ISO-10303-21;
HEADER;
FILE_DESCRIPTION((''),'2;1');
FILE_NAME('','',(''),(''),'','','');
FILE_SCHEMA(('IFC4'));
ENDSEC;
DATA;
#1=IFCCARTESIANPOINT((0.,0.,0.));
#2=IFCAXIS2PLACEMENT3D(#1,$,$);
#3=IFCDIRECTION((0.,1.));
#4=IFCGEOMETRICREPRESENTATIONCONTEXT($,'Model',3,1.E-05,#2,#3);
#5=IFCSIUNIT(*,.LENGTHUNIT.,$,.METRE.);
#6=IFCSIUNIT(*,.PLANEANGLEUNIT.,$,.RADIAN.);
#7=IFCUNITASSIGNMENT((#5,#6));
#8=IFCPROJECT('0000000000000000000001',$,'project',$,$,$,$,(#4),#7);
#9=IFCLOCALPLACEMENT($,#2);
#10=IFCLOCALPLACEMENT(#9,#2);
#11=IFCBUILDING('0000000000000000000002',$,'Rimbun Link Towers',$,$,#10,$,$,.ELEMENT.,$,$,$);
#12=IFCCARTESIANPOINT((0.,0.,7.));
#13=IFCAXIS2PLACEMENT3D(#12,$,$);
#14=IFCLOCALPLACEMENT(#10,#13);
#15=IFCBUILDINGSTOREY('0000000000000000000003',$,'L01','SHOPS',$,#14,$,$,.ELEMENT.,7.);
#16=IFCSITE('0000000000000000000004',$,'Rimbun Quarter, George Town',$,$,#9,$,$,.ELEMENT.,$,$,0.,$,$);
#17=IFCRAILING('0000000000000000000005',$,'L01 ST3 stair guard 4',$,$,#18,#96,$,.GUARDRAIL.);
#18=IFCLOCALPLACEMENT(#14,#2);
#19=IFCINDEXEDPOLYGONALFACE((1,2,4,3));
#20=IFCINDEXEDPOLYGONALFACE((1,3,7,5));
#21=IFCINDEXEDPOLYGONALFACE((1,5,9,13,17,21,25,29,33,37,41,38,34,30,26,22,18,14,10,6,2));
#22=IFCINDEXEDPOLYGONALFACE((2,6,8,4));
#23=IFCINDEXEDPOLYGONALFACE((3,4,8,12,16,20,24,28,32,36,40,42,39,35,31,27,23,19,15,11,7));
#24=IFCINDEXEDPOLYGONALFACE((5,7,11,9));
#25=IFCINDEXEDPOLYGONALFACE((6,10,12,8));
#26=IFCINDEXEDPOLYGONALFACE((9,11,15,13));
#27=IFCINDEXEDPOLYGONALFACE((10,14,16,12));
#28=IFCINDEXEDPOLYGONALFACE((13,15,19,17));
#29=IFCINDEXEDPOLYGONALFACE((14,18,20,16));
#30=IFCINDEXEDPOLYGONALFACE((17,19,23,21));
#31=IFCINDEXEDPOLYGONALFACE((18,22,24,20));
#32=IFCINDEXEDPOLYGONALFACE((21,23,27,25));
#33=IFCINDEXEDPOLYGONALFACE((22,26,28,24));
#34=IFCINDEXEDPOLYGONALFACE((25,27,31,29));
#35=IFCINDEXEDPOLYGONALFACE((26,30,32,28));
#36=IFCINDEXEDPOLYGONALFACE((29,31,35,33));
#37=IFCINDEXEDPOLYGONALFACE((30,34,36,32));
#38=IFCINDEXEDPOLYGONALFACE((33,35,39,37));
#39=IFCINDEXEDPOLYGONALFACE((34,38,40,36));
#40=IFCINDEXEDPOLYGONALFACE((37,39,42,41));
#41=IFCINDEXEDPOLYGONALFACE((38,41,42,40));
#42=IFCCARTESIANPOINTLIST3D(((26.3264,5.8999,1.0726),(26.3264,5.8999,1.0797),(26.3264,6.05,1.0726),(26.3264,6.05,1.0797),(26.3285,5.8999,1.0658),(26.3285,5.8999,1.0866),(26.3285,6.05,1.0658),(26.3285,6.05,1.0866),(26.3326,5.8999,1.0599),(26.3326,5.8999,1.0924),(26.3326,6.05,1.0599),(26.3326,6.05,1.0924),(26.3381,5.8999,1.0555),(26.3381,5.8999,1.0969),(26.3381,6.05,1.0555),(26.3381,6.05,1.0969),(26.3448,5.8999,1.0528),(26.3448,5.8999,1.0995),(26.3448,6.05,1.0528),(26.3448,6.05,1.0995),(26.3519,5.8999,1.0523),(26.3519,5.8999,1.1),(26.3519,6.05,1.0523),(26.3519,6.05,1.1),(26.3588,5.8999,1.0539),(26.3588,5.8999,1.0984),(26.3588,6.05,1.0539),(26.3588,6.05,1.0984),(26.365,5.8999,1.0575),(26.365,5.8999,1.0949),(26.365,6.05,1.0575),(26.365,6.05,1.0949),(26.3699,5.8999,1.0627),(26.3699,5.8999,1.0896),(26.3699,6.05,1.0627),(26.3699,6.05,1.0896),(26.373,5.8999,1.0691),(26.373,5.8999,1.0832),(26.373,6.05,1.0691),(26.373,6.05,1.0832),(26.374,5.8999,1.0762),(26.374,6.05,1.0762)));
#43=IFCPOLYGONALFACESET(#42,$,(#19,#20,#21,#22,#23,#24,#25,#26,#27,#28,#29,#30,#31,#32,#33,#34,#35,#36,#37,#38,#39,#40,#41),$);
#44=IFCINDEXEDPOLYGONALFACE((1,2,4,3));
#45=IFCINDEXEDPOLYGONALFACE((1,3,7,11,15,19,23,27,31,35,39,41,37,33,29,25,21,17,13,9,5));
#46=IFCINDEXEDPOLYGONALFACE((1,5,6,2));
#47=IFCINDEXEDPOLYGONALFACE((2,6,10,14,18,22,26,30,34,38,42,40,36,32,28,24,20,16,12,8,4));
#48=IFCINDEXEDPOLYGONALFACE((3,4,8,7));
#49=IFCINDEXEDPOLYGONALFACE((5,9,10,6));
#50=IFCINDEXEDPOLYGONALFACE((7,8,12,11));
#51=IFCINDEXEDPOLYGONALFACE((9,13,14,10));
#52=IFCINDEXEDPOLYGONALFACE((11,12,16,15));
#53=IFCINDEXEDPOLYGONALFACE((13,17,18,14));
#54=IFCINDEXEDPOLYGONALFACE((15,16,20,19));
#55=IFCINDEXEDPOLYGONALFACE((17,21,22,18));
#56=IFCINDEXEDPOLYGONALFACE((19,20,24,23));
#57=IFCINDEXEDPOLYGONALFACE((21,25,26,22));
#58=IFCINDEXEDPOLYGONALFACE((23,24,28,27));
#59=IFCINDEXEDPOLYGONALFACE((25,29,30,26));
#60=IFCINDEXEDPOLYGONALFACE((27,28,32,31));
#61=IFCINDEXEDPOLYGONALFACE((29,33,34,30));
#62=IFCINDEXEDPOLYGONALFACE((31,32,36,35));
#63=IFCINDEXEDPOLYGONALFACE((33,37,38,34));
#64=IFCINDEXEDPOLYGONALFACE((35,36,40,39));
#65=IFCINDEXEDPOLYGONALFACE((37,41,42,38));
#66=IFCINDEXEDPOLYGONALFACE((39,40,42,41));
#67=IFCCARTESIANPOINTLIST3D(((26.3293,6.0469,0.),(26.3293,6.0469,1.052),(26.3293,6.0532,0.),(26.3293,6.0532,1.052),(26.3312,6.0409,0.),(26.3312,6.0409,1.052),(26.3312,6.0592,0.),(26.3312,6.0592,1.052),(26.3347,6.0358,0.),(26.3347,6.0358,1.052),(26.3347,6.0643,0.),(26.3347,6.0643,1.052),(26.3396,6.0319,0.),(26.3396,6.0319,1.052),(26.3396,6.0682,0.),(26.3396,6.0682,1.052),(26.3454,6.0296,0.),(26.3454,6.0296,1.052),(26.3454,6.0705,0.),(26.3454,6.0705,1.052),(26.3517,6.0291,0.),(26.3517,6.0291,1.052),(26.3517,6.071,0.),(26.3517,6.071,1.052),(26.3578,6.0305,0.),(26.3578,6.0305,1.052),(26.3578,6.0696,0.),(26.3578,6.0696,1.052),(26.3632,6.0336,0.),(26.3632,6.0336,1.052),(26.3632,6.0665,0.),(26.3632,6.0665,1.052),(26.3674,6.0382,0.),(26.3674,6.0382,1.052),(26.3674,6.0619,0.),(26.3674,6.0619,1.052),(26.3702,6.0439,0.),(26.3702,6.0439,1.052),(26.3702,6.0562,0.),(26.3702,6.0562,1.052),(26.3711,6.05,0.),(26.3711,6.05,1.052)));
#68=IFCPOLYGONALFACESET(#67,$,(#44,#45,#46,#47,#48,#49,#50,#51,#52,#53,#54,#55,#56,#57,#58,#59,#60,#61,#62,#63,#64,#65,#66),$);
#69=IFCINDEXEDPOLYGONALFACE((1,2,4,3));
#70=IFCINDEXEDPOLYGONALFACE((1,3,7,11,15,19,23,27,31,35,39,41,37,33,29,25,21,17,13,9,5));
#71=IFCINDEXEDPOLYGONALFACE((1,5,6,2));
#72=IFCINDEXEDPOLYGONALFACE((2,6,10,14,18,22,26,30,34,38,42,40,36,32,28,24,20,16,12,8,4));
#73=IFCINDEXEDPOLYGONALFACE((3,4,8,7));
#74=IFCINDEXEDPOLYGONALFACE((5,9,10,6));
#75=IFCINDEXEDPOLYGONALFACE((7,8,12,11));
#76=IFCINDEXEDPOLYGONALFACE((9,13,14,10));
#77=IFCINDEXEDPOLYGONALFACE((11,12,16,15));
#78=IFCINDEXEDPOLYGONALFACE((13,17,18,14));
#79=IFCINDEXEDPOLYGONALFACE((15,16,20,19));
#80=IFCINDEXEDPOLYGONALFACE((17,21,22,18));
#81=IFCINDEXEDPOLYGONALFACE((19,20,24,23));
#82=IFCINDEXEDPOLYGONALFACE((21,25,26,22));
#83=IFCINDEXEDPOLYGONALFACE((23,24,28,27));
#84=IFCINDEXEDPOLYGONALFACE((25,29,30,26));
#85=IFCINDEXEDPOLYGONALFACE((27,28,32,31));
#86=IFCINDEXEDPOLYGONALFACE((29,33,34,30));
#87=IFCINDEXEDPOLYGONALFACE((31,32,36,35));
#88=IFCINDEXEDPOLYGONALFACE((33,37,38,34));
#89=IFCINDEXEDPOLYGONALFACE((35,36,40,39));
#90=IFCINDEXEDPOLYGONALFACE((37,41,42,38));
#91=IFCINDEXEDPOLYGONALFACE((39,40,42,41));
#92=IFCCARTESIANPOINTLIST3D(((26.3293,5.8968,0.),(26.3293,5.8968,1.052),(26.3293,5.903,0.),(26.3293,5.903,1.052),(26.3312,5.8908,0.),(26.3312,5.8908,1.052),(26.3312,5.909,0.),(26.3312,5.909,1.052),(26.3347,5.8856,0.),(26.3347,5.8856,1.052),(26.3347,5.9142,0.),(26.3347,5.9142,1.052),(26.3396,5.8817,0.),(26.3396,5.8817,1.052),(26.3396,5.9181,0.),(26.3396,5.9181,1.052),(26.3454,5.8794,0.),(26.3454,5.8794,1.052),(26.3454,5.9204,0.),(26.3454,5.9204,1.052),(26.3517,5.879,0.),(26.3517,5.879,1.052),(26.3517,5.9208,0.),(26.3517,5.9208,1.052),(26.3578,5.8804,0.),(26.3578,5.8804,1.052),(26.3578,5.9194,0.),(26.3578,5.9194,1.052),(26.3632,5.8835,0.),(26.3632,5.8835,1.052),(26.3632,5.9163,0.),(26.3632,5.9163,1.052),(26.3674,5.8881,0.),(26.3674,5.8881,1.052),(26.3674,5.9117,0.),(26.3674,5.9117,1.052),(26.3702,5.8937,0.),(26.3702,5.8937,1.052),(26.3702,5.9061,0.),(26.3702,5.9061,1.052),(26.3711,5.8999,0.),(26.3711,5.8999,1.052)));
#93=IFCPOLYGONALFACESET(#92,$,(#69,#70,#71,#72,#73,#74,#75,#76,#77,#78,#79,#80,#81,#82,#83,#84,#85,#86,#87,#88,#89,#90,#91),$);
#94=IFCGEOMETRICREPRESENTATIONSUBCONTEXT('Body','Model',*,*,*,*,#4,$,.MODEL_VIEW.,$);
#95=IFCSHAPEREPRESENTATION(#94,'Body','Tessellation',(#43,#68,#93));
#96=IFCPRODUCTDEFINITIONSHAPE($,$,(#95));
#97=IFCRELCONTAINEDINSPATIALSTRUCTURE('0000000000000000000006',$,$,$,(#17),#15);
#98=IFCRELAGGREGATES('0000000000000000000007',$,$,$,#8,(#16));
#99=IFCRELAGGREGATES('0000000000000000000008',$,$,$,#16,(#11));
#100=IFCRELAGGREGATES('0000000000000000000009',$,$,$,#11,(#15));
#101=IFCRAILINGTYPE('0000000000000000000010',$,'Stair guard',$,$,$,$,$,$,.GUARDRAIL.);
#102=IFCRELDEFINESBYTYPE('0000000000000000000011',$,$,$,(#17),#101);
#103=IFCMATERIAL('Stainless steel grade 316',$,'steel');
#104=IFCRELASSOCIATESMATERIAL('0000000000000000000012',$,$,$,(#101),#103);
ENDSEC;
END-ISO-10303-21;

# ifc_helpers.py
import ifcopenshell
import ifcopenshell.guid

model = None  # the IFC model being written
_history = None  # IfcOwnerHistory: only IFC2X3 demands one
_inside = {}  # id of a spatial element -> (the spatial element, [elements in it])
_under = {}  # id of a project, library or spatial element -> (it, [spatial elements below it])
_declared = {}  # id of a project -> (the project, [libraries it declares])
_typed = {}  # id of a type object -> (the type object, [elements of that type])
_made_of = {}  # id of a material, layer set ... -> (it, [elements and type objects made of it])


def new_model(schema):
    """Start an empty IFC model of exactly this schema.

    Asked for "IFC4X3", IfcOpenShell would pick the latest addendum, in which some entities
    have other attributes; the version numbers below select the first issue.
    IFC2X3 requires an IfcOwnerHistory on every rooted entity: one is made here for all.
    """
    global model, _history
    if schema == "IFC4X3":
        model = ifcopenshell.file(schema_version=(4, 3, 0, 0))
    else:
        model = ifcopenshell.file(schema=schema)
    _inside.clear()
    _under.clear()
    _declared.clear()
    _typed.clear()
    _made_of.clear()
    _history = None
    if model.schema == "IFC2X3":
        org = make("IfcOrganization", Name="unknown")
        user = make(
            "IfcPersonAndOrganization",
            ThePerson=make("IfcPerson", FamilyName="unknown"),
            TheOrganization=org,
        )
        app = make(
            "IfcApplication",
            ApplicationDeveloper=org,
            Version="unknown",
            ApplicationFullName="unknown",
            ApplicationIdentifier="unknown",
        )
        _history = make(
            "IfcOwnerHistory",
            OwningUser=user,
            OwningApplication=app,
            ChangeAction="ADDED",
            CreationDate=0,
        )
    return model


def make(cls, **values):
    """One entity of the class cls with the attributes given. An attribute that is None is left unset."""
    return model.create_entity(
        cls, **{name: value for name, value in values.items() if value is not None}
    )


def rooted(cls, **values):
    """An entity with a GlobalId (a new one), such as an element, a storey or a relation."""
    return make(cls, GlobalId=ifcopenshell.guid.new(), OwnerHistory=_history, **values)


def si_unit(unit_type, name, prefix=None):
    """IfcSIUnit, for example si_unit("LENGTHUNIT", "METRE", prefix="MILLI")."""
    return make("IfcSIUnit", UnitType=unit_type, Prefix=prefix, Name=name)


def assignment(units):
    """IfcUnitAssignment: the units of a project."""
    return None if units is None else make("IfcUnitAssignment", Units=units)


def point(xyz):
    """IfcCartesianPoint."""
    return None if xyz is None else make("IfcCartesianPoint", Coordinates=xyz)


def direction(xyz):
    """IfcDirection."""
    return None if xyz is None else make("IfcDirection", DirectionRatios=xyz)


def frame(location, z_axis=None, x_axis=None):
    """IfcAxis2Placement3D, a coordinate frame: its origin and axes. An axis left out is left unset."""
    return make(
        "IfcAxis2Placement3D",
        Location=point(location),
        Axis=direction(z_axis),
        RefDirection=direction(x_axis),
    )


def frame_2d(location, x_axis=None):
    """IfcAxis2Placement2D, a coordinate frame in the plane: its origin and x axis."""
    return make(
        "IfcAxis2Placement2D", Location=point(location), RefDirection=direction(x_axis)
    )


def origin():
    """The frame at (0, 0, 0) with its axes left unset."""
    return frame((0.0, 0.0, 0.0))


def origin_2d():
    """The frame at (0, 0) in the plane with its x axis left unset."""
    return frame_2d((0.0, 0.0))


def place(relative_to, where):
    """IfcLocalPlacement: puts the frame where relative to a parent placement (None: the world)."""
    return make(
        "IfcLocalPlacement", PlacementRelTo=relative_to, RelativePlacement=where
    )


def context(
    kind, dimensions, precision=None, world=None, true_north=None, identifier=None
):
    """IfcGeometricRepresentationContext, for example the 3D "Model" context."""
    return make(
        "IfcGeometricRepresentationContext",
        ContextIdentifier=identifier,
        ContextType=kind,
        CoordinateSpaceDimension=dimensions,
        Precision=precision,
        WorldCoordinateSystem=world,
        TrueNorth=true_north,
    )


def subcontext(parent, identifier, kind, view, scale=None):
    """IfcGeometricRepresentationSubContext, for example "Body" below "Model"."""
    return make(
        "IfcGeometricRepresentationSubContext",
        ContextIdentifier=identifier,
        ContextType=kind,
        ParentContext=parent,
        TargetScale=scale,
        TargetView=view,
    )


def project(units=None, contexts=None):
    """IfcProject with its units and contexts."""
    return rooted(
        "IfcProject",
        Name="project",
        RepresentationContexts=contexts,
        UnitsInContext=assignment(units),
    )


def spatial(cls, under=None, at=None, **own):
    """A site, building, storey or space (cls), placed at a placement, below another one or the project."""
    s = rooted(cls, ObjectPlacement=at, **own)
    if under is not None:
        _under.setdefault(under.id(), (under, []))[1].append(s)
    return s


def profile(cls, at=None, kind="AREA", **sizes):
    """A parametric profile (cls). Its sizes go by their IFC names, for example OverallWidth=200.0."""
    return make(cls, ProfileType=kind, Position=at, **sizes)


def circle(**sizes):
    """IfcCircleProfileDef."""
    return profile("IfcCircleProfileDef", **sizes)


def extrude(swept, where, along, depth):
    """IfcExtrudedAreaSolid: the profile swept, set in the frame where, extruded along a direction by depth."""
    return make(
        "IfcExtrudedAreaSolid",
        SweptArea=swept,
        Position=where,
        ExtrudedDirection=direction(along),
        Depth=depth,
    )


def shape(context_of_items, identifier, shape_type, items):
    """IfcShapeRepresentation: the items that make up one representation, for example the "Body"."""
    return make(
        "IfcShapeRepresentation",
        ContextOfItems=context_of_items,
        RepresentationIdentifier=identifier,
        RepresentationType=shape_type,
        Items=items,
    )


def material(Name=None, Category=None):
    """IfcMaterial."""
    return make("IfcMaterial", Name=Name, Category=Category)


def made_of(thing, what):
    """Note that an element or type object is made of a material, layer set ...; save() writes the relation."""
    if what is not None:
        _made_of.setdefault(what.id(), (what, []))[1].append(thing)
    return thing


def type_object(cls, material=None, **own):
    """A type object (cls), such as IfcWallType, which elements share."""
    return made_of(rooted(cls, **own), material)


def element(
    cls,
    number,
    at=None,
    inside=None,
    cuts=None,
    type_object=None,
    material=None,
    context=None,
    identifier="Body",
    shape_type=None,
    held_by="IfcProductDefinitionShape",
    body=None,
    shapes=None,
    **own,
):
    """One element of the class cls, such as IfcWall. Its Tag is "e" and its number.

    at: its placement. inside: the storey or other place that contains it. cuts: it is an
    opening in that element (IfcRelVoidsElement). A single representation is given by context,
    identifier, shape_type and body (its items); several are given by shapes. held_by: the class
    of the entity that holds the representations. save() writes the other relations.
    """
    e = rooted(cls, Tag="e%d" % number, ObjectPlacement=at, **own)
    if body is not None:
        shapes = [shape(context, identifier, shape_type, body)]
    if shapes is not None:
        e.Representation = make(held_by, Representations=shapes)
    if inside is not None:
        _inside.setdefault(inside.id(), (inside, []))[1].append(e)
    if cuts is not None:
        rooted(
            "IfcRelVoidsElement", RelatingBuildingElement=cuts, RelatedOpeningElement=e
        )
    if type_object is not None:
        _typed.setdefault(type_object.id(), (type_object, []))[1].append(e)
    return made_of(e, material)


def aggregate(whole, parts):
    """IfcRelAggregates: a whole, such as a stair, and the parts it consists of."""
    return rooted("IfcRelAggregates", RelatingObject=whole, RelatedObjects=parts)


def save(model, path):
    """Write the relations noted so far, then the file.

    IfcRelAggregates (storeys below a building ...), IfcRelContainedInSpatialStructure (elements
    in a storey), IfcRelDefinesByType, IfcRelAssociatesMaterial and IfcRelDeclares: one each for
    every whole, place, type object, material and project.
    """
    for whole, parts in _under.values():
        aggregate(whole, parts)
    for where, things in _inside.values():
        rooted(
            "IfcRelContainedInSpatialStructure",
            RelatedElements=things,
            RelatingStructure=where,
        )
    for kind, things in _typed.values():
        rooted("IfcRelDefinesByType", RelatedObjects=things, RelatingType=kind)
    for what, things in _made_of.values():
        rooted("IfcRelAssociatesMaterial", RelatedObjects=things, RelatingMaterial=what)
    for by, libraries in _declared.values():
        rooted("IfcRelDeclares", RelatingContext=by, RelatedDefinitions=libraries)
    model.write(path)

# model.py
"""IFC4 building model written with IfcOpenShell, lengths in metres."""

from ifc_helpers import new_model, si_unit, direction, frame, origin, origin_2d, place, context, subcontext, project, spatial, circle, extrude, material, type_object, element, save


model = new_model("IFC4")

# Units and contexts
model_context = context("Model", 3, precision=1e-05, world=origin(), true_north=direction((0.0, 1.0)))
body_context = subcontext(model_context, "Body", "Model", "MODEL_VIEW")
ifc_project = project(units=[si_unit("LENGTHUNIT", "METRE"), si_unit("PLANEANGLEUNIT", "RADIAN")], contexts=[model_context])

# Site, building, storey
site_placement = place(None, origin())
site = spatial("IfcSite", under=ifc_project, at=site_placement, Name="Rimbun Quarter, George Town", CompositionType="ELEMENT", RefElevation=0.0)
building_placement = place(site_placement, origin())
building = spatial("IfcBuilding", under=site, at=building_placement, Name="Rimbun Link Towers", CompositionType="ELEMENT")
storey_placement = place(building_placement, frame((0.0, 0.0, 7.0)))
storey = spatial("IfcBuildingStorey", under=building, at=storey_placement, Name="L01", Description="SHOPS", CompositionType="ELEMENT", Elevation=7.0)

# Railing
ifc_material_1 = material(Name="Stainless steel grade 316", Category="steel")
railing_type_1 = type_object("IfcRailingType", Name="Stair guard", PredefinedType="GUARDRAIL", material=ifc_material_1)
railing_1_placement = place(storey_placement, frame((26.3501, 6.05, 0.0)))
element("IfcRailing", 1, at=railing_1_placement, inside=storey, type_object=railing_type_1, Name="L01 ST3 stair guard 4", PredefinedType="GUARDRAIL", context=body_context, shape_type="SweptSolid", body=[
    extrude(circle(Radius=0.0239, at=origin_2d()), frame((0.0, 0.0, 1.0762), z_axis=(0.0, -1.0, 0.0), x_axis=(1.0, 0.0, 0.0)), (0.0, 0.0, 1.0), 0.1501),
    extrude(circle(Radius=0.021, at=origin_2d()), origin(), (0.0, 0.0, 1.0), 1.052),
    extrude(circle(Radius=0.021, at=origin_2d()), frame((0.0, -0.1501, 0.0)), (0.0, 0.0, 1.0), 1.052),
])

save(model, "model.ifc")
